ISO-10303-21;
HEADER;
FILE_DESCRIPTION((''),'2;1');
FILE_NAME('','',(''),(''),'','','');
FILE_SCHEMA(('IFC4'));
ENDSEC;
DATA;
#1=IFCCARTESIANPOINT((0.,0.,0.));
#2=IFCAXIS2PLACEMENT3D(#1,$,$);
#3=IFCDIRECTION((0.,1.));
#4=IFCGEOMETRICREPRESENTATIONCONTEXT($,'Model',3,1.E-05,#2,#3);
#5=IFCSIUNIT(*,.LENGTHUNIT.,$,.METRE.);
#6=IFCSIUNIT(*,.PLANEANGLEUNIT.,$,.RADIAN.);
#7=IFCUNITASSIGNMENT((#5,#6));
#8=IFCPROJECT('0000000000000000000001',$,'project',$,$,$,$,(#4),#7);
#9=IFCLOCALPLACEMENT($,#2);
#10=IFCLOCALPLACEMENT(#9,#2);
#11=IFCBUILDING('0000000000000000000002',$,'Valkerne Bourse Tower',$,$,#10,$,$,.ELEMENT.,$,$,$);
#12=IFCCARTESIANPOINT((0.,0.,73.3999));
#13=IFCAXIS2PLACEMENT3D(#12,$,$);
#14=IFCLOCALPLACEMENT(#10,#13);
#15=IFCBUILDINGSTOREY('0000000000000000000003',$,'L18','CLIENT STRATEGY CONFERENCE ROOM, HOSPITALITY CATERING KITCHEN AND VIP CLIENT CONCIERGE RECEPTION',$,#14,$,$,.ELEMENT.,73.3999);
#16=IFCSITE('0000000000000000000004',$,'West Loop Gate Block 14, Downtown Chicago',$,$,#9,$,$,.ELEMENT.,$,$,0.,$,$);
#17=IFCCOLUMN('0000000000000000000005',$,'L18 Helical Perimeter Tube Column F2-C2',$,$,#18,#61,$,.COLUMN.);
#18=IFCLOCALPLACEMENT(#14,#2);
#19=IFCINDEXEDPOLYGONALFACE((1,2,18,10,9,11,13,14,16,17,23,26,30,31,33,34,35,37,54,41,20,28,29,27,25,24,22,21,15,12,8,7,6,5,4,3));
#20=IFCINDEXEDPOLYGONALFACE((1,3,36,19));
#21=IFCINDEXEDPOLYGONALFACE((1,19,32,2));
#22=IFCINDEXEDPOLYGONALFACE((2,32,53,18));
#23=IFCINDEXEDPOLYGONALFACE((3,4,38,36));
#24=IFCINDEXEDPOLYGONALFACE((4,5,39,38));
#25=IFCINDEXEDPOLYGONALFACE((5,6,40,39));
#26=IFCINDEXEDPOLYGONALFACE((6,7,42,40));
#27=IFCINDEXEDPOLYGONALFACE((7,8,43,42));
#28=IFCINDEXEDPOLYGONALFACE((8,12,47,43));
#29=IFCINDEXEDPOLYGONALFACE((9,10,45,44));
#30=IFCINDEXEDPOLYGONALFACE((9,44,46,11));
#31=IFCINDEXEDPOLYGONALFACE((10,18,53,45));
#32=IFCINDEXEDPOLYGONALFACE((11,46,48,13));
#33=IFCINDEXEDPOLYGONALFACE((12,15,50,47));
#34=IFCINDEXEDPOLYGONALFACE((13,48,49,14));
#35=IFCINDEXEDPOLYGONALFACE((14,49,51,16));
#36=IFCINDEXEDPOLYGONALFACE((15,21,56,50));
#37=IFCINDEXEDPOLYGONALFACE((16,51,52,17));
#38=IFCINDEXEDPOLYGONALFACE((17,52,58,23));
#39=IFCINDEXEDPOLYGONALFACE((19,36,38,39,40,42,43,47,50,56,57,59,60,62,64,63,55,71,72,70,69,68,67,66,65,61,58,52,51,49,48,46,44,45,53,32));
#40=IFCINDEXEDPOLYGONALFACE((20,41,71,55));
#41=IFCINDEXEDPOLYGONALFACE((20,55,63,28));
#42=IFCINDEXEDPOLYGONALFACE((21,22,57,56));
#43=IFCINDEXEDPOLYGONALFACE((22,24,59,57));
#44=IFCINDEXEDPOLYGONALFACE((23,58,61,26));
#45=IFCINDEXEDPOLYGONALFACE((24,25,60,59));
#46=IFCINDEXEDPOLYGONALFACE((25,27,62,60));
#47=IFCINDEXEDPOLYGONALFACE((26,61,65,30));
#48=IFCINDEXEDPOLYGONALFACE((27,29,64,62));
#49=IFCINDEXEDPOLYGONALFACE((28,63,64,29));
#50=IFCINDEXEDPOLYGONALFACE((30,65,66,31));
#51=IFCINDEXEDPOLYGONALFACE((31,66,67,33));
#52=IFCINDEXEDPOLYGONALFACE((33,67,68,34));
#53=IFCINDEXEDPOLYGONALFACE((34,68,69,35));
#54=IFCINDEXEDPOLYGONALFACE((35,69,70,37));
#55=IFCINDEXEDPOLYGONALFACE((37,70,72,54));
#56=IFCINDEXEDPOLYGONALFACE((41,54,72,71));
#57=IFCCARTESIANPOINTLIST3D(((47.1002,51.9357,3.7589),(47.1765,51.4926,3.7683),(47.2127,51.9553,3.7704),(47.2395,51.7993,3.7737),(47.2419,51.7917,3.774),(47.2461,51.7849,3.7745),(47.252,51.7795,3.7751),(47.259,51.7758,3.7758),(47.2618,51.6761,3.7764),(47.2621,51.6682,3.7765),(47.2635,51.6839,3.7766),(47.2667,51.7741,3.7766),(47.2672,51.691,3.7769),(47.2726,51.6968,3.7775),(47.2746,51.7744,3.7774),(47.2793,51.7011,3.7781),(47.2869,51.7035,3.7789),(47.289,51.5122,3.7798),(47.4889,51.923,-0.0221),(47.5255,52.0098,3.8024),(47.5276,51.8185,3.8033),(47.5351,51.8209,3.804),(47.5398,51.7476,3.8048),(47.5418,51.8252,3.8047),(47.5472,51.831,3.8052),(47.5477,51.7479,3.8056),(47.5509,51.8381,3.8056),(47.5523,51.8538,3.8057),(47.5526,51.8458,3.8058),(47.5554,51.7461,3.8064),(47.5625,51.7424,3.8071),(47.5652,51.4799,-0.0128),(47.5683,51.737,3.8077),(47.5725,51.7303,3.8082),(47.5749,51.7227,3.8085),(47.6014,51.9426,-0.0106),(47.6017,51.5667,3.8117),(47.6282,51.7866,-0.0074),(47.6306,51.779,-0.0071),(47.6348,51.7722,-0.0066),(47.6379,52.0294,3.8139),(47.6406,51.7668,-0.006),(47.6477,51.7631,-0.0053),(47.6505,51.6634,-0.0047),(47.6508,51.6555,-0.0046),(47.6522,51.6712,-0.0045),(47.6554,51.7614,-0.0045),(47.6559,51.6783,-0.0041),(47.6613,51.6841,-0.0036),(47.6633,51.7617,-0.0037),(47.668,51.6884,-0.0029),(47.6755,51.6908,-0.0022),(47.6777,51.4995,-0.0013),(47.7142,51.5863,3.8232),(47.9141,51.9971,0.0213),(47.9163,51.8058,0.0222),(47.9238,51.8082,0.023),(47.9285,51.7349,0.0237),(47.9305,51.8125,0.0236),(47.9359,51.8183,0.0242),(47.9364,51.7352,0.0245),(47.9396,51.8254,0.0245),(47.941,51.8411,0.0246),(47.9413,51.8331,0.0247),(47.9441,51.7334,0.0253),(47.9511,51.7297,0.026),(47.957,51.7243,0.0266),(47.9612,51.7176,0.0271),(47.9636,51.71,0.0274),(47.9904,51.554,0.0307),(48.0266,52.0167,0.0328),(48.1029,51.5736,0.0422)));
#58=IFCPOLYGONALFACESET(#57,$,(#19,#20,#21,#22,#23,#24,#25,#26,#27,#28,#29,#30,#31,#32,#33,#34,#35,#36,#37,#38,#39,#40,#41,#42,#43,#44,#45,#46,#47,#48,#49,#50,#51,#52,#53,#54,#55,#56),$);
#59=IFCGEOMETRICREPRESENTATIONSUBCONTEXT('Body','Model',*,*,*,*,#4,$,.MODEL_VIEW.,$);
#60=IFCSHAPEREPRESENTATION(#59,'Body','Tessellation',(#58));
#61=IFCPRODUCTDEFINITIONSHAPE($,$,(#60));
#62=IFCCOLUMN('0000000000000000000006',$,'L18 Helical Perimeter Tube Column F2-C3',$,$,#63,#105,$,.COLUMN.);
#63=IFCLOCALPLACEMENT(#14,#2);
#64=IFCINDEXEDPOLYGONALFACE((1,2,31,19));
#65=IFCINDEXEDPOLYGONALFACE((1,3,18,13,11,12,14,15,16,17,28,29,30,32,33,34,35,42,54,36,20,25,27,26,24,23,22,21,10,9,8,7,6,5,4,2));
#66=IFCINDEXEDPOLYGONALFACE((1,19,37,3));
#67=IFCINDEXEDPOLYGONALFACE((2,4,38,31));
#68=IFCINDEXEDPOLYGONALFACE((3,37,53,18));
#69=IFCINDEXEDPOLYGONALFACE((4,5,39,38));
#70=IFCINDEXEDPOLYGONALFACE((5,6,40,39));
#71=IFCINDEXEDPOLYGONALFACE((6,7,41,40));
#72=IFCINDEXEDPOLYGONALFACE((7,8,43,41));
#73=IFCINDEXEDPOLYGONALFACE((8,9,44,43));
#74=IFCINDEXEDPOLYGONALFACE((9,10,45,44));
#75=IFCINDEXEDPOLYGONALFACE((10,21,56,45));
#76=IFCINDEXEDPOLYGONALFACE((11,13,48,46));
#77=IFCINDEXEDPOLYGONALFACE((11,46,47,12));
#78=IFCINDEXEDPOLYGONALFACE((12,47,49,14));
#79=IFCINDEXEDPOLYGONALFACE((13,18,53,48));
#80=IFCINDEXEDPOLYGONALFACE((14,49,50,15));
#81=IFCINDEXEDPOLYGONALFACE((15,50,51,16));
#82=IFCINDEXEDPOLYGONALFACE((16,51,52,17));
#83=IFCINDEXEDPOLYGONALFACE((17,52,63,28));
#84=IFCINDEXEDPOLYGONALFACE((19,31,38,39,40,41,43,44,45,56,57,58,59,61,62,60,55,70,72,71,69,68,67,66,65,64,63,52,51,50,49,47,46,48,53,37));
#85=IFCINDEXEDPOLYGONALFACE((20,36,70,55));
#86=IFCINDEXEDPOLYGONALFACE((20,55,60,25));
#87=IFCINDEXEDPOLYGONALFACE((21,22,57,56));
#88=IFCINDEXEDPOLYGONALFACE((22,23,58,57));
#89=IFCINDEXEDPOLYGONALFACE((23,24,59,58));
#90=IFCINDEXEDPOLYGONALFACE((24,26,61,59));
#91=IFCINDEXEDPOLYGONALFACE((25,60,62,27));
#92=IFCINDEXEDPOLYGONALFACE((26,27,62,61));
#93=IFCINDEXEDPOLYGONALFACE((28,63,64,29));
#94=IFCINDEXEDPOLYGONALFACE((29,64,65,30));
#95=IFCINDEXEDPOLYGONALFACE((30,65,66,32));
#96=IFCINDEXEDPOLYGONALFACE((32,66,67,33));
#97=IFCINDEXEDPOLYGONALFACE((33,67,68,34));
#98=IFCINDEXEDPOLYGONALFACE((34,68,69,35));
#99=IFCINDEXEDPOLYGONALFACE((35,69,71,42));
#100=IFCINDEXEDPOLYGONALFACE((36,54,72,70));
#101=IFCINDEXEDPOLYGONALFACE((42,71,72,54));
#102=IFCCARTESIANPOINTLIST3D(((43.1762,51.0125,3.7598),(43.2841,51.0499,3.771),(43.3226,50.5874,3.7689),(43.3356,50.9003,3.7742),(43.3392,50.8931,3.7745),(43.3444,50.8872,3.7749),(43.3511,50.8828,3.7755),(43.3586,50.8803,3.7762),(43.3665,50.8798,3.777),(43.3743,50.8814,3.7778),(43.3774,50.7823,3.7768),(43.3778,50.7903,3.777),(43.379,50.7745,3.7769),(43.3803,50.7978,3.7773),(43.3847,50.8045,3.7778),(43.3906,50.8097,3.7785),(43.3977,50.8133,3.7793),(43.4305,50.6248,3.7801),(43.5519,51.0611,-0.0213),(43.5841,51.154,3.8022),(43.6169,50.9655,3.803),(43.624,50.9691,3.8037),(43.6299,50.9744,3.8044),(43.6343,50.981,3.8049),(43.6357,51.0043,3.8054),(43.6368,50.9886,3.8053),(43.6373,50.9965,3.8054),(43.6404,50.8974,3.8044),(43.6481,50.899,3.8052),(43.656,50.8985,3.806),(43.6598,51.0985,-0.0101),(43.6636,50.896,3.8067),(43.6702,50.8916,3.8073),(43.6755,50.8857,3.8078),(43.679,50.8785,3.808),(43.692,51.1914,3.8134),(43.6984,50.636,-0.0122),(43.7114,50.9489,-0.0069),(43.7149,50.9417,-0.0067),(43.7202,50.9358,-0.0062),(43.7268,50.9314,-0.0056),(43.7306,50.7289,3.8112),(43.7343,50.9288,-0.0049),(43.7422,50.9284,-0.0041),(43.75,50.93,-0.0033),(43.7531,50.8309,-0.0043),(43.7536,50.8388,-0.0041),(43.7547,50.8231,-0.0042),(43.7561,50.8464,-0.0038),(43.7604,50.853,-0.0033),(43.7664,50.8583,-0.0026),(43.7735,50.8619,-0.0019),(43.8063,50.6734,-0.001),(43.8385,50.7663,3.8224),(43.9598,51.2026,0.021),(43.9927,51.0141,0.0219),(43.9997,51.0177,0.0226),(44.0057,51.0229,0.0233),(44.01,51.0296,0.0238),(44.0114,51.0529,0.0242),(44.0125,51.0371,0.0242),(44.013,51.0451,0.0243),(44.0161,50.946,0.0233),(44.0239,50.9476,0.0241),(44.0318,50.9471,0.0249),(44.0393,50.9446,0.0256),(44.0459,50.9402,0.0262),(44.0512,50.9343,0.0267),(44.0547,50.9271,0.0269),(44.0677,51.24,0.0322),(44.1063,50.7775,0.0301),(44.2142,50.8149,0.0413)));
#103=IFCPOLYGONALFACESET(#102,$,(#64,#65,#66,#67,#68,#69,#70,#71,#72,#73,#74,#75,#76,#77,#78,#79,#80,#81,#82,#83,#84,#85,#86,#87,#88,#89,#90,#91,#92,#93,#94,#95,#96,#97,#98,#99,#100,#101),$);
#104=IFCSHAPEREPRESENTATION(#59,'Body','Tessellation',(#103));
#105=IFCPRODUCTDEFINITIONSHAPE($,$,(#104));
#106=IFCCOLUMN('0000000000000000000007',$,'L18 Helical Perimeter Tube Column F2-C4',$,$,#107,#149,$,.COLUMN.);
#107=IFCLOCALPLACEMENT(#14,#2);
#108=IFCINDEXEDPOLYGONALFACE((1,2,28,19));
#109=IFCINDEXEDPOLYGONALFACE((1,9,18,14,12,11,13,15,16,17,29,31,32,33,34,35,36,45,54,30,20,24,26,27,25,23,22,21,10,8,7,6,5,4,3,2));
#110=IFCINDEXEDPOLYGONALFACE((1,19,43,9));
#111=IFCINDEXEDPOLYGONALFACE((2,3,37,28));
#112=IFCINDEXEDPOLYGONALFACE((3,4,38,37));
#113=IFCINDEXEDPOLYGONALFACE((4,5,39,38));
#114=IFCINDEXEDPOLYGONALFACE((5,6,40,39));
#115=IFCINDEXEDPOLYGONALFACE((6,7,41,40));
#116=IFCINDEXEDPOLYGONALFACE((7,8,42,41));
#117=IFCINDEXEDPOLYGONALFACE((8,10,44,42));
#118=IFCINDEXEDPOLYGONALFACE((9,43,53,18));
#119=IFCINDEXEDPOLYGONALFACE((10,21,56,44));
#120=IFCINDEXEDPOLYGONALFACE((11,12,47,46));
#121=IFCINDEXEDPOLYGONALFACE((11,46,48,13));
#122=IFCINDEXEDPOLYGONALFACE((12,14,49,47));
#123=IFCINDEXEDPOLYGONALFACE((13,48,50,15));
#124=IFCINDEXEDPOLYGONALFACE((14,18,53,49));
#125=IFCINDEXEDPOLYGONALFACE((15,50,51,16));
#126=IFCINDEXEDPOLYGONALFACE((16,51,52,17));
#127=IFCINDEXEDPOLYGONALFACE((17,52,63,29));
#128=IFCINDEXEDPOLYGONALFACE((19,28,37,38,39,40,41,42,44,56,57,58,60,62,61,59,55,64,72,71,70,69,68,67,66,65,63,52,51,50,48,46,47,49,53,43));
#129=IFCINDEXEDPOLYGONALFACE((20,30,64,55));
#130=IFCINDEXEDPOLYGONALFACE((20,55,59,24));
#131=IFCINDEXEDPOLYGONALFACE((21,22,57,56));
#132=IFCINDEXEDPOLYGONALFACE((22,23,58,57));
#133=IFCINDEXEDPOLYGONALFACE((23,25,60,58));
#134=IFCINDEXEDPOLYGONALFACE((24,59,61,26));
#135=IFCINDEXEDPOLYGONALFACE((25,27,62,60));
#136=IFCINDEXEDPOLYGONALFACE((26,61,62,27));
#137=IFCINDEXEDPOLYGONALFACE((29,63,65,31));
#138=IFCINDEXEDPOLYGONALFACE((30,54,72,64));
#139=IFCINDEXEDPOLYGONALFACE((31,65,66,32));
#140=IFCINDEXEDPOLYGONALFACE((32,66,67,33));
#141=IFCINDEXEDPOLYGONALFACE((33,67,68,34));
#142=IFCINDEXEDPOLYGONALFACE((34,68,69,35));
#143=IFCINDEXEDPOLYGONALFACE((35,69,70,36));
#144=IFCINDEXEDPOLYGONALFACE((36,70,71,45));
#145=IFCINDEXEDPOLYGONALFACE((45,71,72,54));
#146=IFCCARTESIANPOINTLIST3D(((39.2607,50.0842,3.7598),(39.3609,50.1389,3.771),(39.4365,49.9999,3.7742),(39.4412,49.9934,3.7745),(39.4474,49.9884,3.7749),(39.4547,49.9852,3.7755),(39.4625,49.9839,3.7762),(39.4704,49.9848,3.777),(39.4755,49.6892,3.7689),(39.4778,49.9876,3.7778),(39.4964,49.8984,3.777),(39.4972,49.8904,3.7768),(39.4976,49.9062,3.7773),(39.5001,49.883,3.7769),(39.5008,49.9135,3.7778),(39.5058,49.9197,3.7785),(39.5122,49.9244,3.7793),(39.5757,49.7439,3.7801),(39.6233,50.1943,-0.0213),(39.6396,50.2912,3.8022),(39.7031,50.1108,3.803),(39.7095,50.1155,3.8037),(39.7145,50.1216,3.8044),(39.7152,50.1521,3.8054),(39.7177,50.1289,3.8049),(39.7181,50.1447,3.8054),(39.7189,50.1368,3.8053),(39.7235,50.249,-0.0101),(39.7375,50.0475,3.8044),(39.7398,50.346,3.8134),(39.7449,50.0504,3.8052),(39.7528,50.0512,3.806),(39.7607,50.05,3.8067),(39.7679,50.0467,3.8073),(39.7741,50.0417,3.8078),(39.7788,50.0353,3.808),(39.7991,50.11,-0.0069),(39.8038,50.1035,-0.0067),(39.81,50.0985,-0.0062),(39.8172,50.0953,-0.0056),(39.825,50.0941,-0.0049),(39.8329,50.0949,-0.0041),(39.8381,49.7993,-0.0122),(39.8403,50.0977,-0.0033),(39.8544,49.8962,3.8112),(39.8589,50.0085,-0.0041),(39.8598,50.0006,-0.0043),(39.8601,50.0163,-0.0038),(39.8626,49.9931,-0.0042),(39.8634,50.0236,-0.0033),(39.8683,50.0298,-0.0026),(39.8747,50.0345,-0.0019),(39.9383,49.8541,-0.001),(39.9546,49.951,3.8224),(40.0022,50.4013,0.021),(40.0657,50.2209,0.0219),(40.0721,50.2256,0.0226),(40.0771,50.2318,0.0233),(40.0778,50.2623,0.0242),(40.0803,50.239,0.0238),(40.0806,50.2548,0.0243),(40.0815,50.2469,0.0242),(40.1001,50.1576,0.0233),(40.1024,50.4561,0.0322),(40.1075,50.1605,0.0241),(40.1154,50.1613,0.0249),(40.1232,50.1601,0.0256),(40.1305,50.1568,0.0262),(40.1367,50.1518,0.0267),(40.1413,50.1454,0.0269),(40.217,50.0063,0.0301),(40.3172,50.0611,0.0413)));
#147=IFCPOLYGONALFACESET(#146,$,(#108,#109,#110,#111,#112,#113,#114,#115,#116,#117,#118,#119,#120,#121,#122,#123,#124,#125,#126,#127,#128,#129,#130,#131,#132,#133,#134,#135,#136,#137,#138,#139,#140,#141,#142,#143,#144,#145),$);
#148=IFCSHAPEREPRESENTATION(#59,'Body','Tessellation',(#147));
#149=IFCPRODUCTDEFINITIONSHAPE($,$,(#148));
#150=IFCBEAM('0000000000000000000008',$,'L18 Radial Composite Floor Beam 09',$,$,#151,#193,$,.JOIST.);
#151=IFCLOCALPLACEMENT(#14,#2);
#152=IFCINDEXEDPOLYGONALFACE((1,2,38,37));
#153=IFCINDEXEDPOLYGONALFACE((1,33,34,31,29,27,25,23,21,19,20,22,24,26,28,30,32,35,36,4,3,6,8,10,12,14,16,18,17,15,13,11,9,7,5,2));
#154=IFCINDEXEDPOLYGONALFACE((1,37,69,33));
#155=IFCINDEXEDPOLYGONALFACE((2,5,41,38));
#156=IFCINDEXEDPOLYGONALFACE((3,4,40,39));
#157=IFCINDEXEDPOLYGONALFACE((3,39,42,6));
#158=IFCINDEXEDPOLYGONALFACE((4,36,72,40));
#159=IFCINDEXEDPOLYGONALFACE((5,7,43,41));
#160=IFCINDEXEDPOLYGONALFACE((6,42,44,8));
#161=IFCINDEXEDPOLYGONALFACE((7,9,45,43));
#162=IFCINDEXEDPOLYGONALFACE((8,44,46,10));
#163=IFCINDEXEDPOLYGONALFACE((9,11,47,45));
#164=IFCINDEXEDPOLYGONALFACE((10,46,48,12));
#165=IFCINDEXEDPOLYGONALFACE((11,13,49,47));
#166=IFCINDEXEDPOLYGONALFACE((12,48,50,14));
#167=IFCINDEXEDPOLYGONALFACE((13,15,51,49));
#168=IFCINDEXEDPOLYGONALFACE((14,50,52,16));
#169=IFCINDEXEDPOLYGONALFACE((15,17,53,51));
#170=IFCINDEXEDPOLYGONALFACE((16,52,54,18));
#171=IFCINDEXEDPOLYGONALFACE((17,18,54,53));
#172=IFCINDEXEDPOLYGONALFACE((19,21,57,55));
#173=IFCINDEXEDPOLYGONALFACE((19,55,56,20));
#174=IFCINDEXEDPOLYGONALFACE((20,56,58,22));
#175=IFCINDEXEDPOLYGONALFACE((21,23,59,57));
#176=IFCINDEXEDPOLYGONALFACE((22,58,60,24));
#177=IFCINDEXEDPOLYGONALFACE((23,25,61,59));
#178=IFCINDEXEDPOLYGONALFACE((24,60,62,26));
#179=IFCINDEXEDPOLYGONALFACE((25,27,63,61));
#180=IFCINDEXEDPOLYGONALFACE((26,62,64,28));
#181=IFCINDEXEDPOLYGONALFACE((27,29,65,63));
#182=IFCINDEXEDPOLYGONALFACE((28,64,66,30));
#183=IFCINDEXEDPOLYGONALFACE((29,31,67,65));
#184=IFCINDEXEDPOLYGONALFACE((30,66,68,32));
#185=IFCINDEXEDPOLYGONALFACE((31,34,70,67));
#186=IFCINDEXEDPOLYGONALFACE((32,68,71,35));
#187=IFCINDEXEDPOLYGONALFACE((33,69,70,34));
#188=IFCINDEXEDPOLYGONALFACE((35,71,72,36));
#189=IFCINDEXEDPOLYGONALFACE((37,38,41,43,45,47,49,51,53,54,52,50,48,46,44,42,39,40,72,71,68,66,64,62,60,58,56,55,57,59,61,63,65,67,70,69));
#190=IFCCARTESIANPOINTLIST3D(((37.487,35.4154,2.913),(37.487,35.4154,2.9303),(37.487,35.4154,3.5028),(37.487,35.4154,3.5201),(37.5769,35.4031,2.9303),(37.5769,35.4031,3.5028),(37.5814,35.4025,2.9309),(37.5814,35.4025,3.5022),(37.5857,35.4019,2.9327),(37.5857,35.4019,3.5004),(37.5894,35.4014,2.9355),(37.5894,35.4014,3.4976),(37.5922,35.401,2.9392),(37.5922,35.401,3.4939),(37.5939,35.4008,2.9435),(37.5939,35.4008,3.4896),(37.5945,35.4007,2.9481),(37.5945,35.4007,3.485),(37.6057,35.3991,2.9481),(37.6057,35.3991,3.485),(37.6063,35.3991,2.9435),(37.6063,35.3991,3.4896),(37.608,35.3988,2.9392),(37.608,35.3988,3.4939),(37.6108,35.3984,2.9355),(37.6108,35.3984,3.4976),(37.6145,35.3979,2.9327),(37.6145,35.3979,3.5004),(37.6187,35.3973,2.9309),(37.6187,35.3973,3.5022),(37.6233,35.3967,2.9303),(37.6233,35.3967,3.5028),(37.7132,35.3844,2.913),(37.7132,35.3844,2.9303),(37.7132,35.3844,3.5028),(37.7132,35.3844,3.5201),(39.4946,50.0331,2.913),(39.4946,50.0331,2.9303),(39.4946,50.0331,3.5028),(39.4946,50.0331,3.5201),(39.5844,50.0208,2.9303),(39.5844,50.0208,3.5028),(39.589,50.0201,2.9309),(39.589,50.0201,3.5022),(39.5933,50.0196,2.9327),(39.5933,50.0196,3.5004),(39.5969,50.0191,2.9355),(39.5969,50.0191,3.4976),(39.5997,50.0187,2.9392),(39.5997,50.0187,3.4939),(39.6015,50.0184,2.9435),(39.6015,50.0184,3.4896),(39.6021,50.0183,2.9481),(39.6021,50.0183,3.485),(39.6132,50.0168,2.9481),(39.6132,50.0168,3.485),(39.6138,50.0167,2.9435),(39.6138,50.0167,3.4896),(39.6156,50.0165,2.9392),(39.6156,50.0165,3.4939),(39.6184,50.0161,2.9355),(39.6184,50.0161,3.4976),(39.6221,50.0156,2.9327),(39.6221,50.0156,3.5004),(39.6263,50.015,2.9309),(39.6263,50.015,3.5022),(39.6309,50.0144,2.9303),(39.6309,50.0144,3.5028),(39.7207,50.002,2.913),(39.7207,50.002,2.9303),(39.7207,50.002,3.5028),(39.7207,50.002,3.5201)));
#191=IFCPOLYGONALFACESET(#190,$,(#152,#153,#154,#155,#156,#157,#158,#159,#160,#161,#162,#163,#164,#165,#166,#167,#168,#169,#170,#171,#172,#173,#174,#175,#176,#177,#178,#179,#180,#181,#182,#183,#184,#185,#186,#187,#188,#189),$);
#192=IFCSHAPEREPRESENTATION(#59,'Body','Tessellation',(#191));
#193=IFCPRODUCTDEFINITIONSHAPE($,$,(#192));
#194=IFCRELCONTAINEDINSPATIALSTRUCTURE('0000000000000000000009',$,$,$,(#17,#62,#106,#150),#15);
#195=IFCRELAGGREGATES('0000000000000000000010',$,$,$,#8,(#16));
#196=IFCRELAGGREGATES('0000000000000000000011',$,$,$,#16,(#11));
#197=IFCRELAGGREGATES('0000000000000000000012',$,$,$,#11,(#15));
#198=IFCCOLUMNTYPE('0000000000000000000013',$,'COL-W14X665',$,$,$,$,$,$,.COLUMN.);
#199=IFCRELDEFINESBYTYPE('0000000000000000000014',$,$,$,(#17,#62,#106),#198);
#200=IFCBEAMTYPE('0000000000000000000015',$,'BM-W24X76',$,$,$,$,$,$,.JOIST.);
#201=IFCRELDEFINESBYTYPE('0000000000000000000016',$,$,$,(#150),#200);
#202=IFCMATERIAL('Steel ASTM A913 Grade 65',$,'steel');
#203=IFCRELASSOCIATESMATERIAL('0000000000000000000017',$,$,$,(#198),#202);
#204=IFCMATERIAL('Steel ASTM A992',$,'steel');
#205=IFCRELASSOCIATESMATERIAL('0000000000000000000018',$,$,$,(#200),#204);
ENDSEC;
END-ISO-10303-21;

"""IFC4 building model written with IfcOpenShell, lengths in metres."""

from ifc_helpers import new_model, si_unit, direction, frame, origin, origin_2d, place, context, subcontext, project, spatial, i_section, extrude, material, material_profile, profile_set, type_object, element, save


model = new_model("IFC4")

# Units and contexts
model_context = context("Model", 3, precision=1e-05, world=origin(), true_north=direction((0.0, 1.0)))
body_context = subcontext(model_context, "Body", "Model", "MODEL_VIEW")
ifc_project = project(units=[si_unit("LENGTHUNIT", "METRE"), si_unit("PLANEANGLEUNIT", "RADIAN")], contexts=[model_context])

# Site, building, storey
site_placement = place(None, origin())
site = spatial("IfcSite", under=ifc_project, at=site_placement, Name="West Loop Gate Block 14, Downtown Chicago", CompositionType="ELEMENT", RefElevation=0.0)
building_placement = place(site_placement, origin())
building = spatial("IfcBuilding", under=site, at=building_placement, Name="Valkerne Bourse Tower", CompositionType="ELEMENT")
storey_placement = place(building_placement, frame((0.0, 0.0, 73.3999)))
storey = spatial("IfcBuildingStorey", under=building, at=storey_placement, Name="L18", Description="CLIENT STRATEGY CONFERENCE ROOM, HOSPITALITY CATERING KITCHEN AND VIP CLIENT CONCIERGE RECEPTION", CompositionType="ELEMENT", Elevation=73.3999)

# Columns
ifc_material_1 = material(Name="Steel ASTM A913 Grade 65", Category="steel")
ifc_material_profile_1 = material_profile(ifc_material_1, i_section(OverallWidth=0.4497, OverallDepth=0.5486, WebThickness=0.072, FlangeThickness=0.1147, FilletRadius=0.0305, at=origin_2d()), Name="W14X665")
ifc_profile_set_1 = profile_set([ifc_material_profile_1], Name="Steel ASTM A913 Grade 65")
column_type = type_object("IfcColumnType", Name="COL-W14X665", PredefinedType="COLUMN", material=ifc_profile_set_1)
column_placement = place(storey_placement, frame((47.7959, 51.7483, 0.01), z_axis=(-0.102256, 0.00334, 0.994752), x_axis=(-0.169648, 0.985286, -0.020747)))
element("IfcColumn", 1, at=column_placement, inside=storey, type_object=column_type, Name="L18 Helical Perimeter Tube Column F2-C2", PredefinedType="COLUMN", context=body_context, shape_type="SweptSolid", body=[
    extrude(i_section(OverallWidth=0.4497, OverallDepth=0.5486, WebThickness=0.072, FlangeThickness=0.1147, FilletRadius=0.0305, at=origin_2d()), origin(), (0.0, 0.0, 1.0), 3.801),
])
for number, where, z_axis, x_axis, name in (
    (2, (43.8831, 50.938, 0.01), (-0.098879, -0.012785, 0.995017), (-0.325684, 0.945263, -0.020218), "L18 Helical Perimeter Tube Column F2-C3"),
    (3, (39.9702, 50.1277, 0.01), (-0.095409, -0.028976, 0.995016), (-0.477629, 0.878329, -0.02022), "L18 Helical Perimeter Tube Column F2-C4"),
):
    element("IfcColumn", number, at=place(storey_placement, frame(where, z_axis=z_axis, x_axis=x_axis)), inside=storey, type_object=column_type, Name=name, PredefinedType="COLUMN", context=body_context, shape_type="SweptSolid", body=[
        extrude(i_section(OverallWidth=0.4497, OverallDepth=0.5486, WebThickness=0.072, FlangeThickness=0.1147, FilletRadius=0.0305, at=origin_2d()), origin(), (0.0, 0.0, 1.0), 3.8),
    ])

# Beam
ifc_material_2 = material(Name="Steel ASTM A992", Category="steel")
ifc_material_profile_2 = material_profile(ifc_material_2, i_section(OverallWidth=0.2283, OverallDepth=0.6072, WebThickness=0.0112, FlangeThickness=0.0173, FilletRadius=0.0178, at=origin_2d()), Name="W24X76")
ifc_profile_set_2 = profile_set([ifc_material_profile_2], Name="Steel ASTM A992")
beam_type_1 = type_object("IfcBeamType", Name="BM-W24X76", PredefinedType="JOIST", material=ifc_profile_set_2)
beam_1_placement = place(storey_placement, frame((39.6077, 50.0176, 3.2166), z_axis=(-0.136061, -0.9907, 0.0), x_axis=(0.9907, -0.136061, 0.0)))
element("IfcBeam", 4, at=beam_1_placement, inside=storey, type_object=beam_type_1, Name="L18 Radial Composite Floor Beam 09", PredefinedType="JOIST", context=body_context, shape_type="SweptSolid", body=[
    extrude(i_section(OverallWidth=0.2283, OverallDepth=0.6072, WebThickness=0.0112, FlangeThickness=0.0173, FilletRadius=0.0178, at=origin_2d()), origin(), (0.0, 0.0, 1.0), 14.7549),
])

save(model, "model.ifc")
